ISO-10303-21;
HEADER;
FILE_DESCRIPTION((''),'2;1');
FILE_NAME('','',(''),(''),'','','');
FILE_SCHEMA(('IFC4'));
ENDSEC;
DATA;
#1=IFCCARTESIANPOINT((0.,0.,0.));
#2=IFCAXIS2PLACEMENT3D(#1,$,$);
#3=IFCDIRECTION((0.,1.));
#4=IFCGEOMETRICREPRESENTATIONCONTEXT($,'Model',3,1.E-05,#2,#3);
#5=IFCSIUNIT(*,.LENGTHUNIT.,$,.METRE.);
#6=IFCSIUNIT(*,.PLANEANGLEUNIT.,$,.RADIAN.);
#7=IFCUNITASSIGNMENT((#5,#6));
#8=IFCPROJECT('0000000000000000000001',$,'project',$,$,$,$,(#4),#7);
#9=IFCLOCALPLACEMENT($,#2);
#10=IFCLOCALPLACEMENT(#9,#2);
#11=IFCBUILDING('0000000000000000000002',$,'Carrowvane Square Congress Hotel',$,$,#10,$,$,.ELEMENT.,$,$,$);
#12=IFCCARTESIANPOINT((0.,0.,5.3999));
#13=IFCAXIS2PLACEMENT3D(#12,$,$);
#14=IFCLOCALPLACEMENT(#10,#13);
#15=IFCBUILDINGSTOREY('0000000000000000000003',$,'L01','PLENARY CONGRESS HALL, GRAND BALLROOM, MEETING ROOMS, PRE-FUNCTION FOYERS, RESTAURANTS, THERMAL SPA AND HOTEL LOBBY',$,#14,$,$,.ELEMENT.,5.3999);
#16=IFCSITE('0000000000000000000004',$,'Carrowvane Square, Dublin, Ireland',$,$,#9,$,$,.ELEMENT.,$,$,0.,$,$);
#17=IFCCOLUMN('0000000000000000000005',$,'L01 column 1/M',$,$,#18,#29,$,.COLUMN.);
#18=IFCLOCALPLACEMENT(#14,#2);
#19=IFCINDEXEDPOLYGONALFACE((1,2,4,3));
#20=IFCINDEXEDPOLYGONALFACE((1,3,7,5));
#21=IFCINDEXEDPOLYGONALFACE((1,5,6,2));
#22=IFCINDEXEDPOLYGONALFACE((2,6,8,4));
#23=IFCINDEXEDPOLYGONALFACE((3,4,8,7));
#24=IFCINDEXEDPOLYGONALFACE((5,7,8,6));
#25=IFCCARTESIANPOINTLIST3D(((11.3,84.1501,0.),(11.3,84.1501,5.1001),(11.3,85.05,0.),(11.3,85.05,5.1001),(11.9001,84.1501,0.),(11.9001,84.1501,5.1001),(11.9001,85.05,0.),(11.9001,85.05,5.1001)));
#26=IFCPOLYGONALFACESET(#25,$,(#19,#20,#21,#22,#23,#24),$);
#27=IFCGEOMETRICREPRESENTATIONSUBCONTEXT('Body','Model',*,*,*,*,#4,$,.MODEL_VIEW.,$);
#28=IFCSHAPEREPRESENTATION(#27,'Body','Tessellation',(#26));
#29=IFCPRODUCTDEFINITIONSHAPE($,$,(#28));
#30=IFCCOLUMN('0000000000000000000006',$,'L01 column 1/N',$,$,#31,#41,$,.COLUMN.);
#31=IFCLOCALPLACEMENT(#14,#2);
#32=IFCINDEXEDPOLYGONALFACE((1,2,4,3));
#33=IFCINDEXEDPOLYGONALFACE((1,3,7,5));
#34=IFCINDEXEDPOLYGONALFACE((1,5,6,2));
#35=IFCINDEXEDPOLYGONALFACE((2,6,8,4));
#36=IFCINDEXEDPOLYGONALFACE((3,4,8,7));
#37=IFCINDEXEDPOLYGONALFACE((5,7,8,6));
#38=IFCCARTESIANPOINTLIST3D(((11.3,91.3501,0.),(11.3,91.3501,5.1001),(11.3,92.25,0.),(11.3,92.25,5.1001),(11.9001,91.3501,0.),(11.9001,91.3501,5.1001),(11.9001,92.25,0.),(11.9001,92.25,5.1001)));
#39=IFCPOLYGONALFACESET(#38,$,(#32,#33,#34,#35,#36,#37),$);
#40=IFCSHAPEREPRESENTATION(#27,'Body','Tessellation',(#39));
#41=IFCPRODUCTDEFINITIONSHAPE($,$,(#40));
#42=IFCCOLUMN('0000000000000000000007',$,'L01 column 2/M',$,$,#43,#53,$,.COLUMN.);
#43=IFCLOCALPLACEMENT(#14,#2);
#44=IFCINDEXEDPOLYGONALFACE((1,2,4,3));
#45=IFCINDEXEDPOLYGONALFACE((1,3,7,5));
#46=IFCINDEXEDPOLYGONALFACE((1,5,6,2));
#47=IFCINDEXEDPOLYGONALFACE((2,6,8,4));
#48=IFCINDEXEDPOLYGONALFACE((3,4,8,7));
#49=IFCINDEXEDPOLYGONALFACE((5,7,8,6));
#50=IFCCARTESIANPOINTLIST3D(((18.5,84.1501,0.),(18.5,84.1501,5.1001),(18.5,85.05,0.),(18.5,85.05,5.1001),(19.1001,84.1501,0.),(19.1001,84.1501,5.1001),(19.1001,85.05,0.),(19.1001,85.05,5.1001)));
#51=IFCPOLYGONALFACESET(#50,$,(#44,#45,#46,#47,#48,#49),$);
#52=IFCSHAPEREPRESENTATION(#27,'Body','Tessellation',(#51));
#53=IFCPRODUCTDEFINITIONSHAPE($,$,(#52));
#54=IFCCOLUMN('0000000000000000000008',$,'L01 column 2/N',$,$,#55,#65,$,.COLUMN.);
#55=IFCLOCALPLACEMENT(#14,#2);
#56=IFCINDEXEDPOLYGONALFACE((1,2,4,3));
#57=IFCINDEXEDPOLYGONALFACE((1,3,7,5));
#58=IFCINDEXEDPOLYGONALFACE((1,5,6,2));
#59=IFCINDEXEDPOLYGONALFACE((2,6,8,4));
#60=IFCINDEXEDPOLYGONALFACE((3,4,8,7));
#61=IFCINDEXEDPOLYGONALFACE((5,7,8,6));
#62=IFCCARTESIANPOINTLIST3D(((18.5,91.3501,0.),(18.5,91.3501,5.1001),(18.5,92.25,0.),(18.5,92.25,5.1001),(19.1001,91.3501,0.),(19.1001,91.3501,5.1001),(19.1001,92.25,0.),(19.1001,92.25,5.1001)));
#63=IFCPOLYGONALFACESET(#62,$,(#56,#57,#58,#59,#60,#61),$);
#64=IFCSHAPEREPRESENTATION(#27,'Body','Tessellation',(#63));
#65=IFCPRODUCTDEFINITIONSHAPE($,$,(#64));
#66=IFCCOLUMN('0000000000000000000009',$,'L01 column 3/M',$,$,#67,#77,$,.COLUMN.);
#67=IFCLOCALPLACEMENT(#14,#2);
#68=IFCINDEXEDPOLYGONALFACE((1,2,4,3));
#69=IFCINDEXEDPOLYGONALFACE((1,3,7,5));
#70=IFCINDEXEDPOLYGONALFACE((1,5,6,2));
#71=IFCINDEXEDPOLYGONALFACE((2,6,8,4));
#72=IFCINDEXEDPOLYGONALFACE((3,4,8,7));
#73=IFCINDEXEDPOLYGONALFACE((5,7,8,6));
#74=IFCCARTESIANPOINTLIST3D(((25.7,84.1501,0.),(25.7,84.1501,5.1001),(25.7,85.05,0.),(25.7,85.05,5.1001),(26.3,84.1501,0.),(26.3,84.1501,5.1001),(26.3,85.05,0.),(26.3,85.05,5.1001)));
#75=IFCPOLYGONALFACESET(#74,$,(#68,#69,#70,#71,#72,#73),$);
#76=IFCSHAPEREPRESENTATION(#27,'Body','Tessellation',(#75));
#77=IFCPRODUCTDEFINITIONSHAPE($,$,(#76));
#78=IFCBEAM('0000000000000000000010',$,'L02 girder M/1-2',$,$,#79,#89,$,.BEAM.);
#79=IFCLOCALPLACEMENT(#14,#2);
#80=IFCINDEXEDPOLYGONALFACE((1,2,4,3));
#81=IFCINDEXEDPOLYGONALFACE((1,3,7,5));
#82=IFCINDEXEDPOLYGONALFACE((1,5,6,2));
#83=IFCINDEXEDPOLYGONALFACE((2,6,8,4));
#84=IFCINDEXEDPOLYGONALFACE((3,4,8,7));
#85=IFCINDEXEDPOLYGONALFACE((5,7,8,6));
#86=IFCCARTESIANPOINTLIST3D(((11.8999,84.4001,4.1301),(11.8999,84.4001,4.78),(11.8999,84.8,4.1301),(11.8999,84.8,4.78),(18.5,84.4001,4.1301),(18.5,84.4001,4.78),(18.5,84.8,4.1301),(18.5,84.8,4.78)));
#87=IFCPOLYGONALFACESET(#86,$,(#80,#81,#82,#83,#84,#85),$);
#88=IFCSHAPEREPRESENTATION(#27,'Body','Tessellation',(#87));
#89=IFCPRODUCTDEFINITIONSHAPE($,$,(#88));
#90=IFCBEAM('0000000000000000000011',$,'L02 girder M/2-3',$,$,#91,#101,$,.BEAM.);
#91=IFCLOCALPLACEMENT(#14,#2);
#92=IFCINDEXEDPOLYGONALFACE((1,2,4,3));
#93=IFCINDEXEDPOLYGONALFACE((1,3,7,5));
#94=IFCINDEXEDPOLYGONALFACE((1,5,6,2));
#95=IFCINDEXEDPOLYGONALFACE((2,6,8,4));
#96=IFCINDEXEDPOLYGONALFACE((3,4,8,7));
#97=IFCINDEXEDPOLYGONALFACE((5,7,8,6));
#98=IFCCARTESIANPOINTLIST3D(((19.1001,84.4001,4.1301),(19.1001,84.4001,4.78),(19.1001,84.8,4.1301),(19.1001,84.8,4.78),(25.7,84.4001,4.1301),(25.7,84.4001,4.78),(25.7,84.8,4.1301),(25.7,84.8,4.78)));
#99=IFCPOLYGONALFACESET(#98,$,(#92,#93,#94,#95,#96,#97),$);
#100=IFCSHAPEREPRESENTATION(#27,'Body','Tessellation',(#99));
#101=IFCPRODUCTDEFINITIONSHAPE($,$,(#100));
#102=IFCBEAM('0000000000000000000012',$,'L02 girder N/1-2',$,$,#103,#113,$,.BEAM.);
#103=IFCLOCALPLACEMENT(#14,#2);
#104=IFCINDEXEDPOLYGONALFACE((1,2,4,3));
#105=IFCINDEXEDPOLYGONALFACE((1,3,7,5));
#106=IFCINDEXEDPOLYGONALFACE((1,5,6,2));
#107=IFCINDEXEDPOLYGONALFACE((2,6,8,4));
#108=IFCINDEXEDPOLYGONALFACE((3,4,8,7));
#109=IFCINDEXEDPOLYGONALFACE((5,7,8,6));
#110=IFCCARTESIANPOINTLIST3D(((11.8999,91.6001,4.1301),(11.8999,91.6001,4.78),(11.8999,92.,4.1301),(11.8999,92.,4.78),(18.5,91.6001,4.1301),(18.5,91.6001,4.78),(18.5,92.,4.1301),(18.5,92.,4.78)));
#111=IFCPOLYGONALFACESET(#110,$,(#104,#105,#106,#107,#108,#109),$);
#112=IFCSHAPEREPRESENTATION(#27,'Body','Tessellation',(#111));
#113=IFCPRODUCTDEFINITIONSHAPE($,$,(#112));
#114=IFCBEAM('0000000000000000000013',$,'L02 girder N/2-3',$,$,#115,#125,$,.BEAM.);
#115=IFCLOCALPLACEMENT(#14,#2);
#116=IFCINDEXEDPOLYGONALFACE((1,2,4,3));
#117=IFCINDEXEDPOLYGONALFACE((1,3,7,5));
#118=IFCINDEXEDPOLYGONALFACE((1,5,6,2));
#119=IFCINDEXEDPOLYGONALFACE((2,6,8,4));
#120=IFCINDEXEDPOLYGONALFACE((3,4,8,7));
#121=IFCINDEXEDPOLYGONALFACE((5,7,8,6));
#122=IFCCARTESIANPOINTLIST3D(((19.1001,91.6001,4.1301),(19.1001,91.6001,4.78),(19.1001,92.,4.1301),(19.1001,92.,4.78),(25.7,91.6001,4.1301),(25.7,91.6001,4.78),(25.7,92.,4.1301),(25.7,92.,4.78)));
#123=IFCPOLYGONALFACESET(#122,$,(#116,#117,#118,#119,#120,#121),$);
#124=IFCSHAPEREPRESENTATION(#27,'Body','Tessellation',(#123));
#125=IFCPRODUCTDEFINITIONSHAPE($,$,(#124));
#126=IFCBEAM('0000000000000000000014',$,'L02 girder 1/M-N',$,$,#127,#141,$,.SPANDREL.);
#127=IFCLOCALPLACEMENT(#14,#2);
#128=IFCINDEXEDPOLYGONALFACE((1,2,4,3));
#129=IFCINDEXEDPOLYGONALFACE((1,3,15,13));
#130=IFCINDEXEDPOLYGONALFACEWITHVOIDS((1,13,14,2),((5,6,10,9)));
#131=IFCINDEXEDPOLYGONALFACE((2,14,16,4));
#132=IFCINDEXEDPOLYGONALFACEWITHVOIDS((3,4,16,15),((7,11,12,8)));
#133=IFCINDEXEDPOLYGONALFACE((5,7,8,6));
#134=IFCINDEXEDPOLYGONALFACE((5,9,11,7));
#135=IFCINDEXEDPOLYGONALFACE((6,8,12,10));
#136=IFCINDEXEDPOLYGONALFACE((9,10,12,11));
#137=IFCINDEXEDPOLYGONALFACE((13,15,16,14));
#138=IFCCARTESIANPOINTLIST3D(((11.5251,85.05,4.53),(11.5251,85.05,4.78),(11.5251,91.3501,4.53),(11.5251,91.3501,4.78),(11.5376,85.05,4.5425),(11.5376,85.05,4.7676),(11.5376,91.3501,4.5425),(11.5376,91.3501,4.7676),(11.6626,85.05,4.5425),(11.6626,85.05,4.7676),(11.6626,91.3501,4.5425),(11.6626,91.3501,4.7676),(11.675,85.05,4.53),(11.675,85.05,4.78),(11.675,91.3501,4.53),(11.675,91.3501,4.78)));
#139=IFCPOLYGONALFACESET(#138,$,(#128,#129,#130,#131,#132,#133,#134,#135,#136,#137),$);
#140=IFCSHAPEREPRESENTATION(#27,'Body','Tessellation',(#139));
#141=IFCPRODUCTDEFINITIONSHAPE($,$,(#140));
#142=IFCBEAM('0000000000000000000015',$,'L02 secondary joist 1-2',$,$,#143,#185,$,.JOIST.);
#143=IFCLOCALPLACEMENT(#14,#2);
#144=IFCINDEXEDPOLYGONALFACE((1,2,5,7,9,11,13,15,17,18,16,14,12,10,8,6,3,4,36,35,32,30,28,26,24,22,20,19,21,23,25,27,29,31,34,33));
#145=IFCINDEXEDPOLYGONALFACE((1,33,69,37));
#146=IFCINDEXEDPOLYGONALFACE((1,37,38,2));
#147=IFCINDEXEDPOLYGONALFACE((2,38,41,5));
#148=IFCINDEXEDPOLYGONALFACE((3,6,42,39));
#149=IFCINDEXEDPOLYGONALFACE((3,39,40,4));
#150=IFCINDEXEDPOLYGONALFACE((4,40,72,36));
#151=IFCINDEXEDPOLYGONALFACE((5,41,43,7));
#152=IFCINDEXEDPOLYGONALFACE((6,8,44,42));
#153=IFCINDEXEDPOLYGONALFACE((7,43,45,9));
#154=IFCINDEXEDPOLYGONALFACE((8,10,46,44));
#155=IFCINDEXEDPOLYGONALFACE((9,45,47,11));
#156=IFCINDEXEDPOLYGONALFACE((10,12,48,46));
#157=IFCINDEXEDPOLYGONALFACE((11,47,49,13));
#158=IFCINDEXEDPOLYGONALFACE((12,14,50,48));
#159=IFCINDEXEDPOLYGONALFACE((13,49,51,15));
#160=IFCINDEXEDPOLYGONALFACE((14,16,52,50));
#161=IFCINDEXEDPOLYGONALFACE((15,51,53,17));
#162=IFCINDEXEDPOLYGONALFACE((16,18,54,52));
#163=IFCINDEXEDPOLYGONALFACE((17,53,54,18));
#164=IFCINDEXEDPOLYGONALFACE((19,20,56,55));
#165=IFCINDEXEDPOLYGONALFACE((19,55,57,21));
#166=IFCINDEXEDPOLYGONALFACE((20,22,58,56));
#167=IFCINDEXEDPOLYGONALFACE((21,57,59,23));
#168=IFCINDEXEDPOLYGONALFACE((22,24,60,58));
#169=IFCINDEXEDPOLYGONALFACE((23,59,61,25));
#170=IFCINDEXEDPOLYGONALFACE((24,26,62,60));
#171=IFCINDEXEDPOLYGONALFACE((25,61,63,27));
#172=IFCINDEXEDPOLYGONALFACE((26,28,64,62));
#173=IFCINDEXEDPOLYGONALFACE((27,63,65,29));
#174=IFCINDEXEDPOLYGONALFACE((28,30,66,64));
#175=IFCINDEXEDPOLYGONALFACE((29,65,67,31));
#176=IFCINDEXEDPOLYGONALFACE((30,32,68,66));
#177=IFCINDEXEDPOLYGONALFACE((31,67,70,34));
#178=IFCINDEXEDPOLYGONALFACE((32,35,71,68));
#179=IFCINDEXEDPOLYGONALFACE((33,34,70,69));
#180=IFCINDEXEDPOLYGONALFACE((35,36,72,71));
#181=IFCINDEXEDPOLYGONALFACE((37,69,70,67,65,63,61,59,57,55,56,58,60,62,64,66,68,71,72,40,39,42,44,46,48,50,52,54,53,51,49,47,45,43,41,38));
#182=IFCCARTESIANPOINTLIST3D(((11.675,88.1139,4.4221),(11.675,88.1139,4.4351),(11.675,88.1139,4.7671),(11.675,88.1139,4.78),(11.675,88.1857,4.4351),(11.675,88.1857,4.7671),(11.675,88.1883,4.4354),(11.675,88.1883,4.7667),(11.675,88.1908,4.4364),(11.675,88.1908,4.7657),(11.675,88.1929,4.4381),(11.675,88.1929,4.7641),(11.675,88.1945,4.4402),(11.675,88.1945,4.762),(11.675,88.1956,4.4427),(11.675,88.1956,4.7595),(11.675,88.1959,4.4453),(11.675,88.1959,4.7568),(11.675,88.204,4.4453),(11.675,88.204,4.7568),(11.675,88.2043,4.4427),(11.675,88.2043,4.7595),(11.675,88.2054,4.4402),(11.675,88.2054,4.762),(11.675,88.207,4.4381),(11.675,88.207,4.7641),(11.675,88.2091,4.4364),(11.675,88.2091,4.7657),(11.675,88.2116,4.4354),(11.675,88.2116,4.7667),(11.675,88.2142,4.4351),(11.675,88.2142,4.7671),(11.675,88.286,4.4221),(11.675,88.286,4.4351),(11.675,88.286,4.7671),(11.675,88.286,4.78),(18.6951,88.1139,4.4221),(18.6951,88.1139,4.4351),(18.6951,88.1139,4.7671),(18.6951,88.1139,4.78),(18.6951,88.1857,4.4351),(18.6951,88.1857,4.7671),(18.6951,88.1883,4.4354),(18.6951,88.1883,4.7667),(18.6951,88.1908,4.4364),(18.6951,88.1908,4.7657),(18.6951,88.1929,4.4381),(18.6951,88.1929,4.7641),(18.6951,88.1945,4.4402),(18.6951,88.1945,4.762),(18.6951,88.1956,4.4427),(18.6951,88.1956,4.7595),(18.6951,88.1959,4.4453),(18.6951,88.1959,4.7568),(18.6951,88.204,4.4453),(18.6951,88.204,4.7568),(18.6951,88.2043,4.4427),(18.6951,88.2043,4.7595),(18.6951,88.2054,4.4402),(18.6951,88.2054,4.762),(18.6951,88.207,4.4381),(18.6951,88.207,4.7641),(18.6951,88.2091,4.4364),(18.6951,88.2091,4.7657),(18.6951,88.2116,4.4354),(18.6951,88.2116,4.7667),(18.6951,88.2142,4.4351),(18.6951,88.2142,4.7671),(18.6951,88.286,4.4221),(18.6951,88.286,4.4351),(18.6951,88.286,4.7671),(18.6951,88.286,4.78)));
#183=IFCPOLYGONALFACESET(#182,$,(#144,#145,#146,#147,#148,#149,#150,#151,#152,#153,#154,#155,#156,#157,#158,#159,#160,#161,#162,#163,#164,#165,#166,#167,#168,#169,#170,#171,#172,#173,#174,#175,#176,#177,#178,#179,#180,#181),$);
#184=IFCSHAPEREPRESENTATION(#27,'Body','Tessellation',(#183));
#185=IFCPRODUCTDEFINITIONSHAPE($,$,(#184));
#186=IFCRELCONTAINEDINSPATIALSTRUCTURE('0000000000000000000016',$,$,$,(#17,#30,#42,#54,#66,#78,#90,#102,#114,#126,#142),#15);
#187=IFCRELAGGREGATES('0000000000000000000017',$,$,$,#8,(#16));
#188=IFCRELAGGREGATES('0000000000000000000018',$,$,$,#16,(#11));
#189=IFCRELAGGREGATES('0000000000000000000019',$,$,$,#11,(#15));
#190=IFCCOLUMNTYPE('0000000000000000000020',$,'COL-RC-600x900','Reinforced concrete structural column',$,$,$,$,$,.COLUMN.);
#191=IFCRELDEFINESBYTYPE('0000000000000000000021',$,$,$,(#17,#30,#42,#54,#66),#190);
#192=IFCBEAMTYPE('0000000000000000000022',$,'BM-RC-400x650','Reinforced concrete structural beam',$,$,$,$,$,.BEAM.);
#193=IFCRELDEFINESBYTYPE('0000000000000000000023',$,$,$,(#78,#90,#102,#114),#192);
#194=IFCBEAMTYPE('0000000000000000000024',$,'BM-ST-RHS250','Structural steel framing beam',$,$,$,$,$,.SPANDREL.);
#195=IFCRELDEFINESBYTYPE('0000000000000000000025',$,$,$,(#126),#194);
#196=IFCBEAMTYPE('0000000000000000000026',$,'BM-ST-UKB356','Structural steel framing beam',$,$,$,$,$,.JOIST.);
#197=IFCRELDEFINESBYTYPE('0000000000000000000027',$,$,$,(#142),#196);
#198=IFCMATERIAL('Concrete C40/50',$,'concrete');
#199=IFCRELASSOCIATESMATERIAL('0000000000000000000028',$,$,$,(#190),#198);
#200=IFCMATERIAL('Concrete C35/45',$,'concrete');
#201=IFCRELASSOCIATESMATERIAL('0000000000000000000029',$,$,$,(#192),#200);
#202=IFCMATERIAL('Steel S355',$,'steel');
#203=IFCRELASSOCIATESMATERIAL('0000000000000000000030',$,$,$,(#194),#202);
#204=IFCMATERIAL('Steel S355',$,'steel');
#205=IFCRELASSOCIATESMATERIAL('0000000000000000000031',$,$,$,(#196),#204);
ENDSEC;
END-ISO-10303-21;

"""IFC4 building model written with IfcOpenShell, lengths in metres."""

from ifc_helpers import new_model, si_unit, direction, frame, origin, origin_2d, place, context, subcontext, project, spatial, rectangle, hollow_rectangle, i_section, extrude, material, material_profile, profile_set, type_object, element, save


model = new_model("IFC4")

# Units and contexts
model_context = context("Model", 3, precision=1e-05, world=origin(), true_north=direction((0.0, 1.0)))
body_context = subcontext(model_context, "Body", "Model", "MODEL_VIEW")
ifc_project = project(units=[si_unit("LENGTHUNIT", "METRE"), si_unit("PLANEANGLEUNIT", "RADIAN")], contexts=[model_context])

# Site, building, storey
site_placement = place(None, origin())
site = spatial("IfcSite", under=ifc_project, at=site_placement, Name="Carrowvane Square, Dublin, Ireland", CompositionType="ELEMENT", RefElevation=0.0)
building_placement = place(site_placement, origin())
building = spatial("IfcBuilding", under=site, at=building_placement, Name="Carrowvane Square Congress Hotel", CompositionType="ELEMENT")
storey_placement = place(building_placement, frame((0.0, 0.0, 5.3999)))
storey = spatial("IfcBuildingStorey", under=building, at=storey_placement, Name="L01", Description="PLENARY CONGRESS HALL, GRAND BALLROOM, MEETING ROOMS, PRE-FUNCTION FOYERS, RESTAURANTS, THERMAL SPA AND HOTEL LOBBY", CompositionType="ELEMENT", Elevation=5.3999)

# Columns
ifc_material_1 = material(Name="Concrete C40/50", Category="concrete")
ifc_material_profile_1 = material_profile(ifc_material_1, rectangle(XDim=0.6001, YDim=0.8999, at=origin_2d()), Name="RC 600x900")
ifc_profile_set_1 = profile_set([ifc_material_profile_1], Name="Concrete C40/50")
column_type = type_object("IfcColumnType", Name="COL-RC-600x900", Description="Reinforced concrete structural column", PredefinedType="COLUMN", material=ifc_profile_set_1)
for number, where, z_axis, x_axis, name in (
    (1, (11.6001, 84.6001, 0.0), (0.0, 0.0, 1.0), (1.0, 0.0, 0.0), "L01 column 1/M"),
    (2, (11.6001, 91.8, 0.0), (0.0, 0.0, 1.0), (1.0, 0.0, 0.0), "L01 column 1/N"),
    (3, (18.8, 84.6001, 0.0), (0.0, 0.0, 1.0), (1.0, 0.0, 0.0), "L01 column 2/M"),
    (4, (18.8, 91.8, 0.0), (0.0, 0.0, 1.0), (1.0, 0.0, 0.0), "L01 column 2/N"),
    (5, (26.0, 84.6001, 0.0), (0.0, 0.0, 1.0), (1.0, 0.0, 0.0), "L01 column 3/M"),
):
    element("IfcColumn", number, at=place(storey_placement, frame(where, z_axis=z_axis, x_axis=x_axis)), inside=storey, type_object=column_type, Name=name, PredefinedType="COLUMN", context=body_context, shape_type="SweptSolid", body=[
        extrude(rectangle(XDim=0.6001, YDim=0.8999, at=origin_2d()), origin(), (0.0, 0.0, 1.0), 5.1001),
    ])

# Beams
ifc_material_2 = material(Name="Concrete C35/45", Category="concrete")
ifc_material_profile_2 = material_profile(ifc_material_2, rectangle(XDim=0.3999, YDim=0.6499, at=origin_2d()), Name="RC 400x650")
ifc_profile_set_2 = profile_set([ifc_material_profile_2], Name="Concrete C35/45")
beam_type_1 = type_object("IfcBeamType", Name="BM-RC-400x650", Description="Reinforced concrete structural beam", PredefinedType="BEAM", material=ifc_profile_set_2)
beam_1_placement = place(storey_placement, frame((11.8999, 84.6001, 4.4551), z_axis=(1.0, 0.0, 0.0), x_axis=(0.0, 1.0, 0.0)))
element("IfcBeam", 6, at=beam_1_placement, inside=storey, type_object=beam_type_1, Name="L02 girder M/1-2", PredefinedType="BEAM", context=body_context, shape_type="SweptSolid", body=[
    extrude(rectangle(XDim=0.3999, YDim=0.6499, at=origin_2d()), origin(), (0.0, 0.0, 1.0), 6.6001),
])
beam_2_placement = place(storey_placement, frame((19.1001, 84.6001, 4.4551), z_axis=(1.0, 0.0, 0.0), x_axis=(0.0, 1.0, 0.0)))
element("IfcBeam", 7, at=beam_2_placement, inside=storey, type_object=beam_type_1, Name="L02 girder M/2-3", PredefinedType="BEAM", context=body_context, shape_type="SweptSolid", body=[
    extrude(rectangle(XDim=0.3999, YDim=0.6499, at=origin_2d()), origin(), (0.0, 0.0, 1.0), 6.5999),
])
beam_3_placement = place(storey_placement, frame((11.8999, 91.8, 4.4551), z_axis=(1.0, 0.0, 0.0), x_axis=(0.0, 1.0, 0.0)))
element("IfcBeam", 8, at=beam_3_placement, inside=storey, type_object=beam_type_1, Name="L02 girder N/1-2", PredefinedType="BEAM", context=body_context, shape_type="SweptSolid", body=[
    extrude(rectangle(XDim=0.3999, YDim=0.6499, at=origin_2d()), origin(), (0.0, 0.0, 1.0), 6.6001),
])
beam_4_placement = place(storey_placement, frame((19.1001, 91.8, 4.4551), z_axis=(1.0, 0.0, 0.0), x_axis=(0.0, 1.0, 0.0)))
element("IfcBeam", 9, at=beam_4_placement, inside=storey, type_object=beam_type_1, Name="L02 girder N/2-3", PredefinedType="BEAM", context=body_context, shape_type="SweptSolid", body=[
    extrude(rectangle(XDim=0.3999, YDim=0.6499, at=origin_2d()), origin(), (0.0, 0.0, 1.0), 6.5999),
])
ifc_material_3 = material(Name="Steel S355", Category="steel")
ifc_material_profile_3 = material_profile(ifc_material_3, hollow_rectangle(XDim=0.1499, YDim=0.25, WallThickness=0.0125, at=origin_2d()), Name="RHS 250x150x12.5")
ifc_profile_set_3 = profile_set([ifc_material_profile_3], Name="Steel S355")
beam_type_2 = type_object("IfcBeamType", Name="BM-ST-RHS250", Description="Structural steel framing beam", PredefinedType="SPANDREL", material=ifc_profile_set_3)
beam_5_placement = place(storey_placement, frame((11.6001, 85.05, 4.655), z_axis=(0.0, 1.0, 0.0), x_axis=(-1.0, 0.0, 0.0)))
element("IfcBeam", 10, at=beam_5_placement, inside=storey, type_object=beam_type_2, Name="L02 girder 1/M-N", PredefinedType="SPANDREL", context=body_context, shape_type="SweptSolid", body=[
    extrude(hollow_rectangle(XDim=0.1499, YDim=0.25, WallThickness=0.0125, at=origin_2d()), origin(), (0.0, 0.0, 1.0), 6.3),
])
ifc_material_4 = material(Name="Steel S355", Category="steel")
ifc_material_profile_4 = material_profile(ifc_material_4, i_section(OverallWidth=0.1721, OverallDepth=0.3579, WebThickness=0.0081, FlangeThickness=0.0129, FilletRadius=0.0103, at=origin_2d()), Name="UKB 356x171x57")
ifc_profile_set_4 = profile_set([ifc_material_profile_4], Name="Steel S355")
beam_type_3 = type_object("IfcBeamType", Name="BM-ST-UKB356", Description="Structural steel framing beam", PredefinedType="JOIST", material=ifc_profile_set_4)
beam_6_placement = place(storey_placement, frame((11.675, 88.2, 4.6011), z_axis=(1.0, 0.0, 0.0), x_axis=(0.0, 1.0, 0.0)))
element("IfcBeam", 11, at=beam_6_placement, inside=storey, type_object=beam_type_3, Name="L02 secondary joist 1-2", PredefinedType="JOIST", context=body_context, shape_type="SweptSolid", body=[
    extrude(i_section(OverallWidth=0.1721, OverallDepth=0.3579, WebThickness=0.0081, FlangeThickness=0.0129, FilletRadius=0.0103, at=origin_2d()), origin(), (0.0, 0.0, 1.0), 7.02),
])

save(model, "model.ifc")
